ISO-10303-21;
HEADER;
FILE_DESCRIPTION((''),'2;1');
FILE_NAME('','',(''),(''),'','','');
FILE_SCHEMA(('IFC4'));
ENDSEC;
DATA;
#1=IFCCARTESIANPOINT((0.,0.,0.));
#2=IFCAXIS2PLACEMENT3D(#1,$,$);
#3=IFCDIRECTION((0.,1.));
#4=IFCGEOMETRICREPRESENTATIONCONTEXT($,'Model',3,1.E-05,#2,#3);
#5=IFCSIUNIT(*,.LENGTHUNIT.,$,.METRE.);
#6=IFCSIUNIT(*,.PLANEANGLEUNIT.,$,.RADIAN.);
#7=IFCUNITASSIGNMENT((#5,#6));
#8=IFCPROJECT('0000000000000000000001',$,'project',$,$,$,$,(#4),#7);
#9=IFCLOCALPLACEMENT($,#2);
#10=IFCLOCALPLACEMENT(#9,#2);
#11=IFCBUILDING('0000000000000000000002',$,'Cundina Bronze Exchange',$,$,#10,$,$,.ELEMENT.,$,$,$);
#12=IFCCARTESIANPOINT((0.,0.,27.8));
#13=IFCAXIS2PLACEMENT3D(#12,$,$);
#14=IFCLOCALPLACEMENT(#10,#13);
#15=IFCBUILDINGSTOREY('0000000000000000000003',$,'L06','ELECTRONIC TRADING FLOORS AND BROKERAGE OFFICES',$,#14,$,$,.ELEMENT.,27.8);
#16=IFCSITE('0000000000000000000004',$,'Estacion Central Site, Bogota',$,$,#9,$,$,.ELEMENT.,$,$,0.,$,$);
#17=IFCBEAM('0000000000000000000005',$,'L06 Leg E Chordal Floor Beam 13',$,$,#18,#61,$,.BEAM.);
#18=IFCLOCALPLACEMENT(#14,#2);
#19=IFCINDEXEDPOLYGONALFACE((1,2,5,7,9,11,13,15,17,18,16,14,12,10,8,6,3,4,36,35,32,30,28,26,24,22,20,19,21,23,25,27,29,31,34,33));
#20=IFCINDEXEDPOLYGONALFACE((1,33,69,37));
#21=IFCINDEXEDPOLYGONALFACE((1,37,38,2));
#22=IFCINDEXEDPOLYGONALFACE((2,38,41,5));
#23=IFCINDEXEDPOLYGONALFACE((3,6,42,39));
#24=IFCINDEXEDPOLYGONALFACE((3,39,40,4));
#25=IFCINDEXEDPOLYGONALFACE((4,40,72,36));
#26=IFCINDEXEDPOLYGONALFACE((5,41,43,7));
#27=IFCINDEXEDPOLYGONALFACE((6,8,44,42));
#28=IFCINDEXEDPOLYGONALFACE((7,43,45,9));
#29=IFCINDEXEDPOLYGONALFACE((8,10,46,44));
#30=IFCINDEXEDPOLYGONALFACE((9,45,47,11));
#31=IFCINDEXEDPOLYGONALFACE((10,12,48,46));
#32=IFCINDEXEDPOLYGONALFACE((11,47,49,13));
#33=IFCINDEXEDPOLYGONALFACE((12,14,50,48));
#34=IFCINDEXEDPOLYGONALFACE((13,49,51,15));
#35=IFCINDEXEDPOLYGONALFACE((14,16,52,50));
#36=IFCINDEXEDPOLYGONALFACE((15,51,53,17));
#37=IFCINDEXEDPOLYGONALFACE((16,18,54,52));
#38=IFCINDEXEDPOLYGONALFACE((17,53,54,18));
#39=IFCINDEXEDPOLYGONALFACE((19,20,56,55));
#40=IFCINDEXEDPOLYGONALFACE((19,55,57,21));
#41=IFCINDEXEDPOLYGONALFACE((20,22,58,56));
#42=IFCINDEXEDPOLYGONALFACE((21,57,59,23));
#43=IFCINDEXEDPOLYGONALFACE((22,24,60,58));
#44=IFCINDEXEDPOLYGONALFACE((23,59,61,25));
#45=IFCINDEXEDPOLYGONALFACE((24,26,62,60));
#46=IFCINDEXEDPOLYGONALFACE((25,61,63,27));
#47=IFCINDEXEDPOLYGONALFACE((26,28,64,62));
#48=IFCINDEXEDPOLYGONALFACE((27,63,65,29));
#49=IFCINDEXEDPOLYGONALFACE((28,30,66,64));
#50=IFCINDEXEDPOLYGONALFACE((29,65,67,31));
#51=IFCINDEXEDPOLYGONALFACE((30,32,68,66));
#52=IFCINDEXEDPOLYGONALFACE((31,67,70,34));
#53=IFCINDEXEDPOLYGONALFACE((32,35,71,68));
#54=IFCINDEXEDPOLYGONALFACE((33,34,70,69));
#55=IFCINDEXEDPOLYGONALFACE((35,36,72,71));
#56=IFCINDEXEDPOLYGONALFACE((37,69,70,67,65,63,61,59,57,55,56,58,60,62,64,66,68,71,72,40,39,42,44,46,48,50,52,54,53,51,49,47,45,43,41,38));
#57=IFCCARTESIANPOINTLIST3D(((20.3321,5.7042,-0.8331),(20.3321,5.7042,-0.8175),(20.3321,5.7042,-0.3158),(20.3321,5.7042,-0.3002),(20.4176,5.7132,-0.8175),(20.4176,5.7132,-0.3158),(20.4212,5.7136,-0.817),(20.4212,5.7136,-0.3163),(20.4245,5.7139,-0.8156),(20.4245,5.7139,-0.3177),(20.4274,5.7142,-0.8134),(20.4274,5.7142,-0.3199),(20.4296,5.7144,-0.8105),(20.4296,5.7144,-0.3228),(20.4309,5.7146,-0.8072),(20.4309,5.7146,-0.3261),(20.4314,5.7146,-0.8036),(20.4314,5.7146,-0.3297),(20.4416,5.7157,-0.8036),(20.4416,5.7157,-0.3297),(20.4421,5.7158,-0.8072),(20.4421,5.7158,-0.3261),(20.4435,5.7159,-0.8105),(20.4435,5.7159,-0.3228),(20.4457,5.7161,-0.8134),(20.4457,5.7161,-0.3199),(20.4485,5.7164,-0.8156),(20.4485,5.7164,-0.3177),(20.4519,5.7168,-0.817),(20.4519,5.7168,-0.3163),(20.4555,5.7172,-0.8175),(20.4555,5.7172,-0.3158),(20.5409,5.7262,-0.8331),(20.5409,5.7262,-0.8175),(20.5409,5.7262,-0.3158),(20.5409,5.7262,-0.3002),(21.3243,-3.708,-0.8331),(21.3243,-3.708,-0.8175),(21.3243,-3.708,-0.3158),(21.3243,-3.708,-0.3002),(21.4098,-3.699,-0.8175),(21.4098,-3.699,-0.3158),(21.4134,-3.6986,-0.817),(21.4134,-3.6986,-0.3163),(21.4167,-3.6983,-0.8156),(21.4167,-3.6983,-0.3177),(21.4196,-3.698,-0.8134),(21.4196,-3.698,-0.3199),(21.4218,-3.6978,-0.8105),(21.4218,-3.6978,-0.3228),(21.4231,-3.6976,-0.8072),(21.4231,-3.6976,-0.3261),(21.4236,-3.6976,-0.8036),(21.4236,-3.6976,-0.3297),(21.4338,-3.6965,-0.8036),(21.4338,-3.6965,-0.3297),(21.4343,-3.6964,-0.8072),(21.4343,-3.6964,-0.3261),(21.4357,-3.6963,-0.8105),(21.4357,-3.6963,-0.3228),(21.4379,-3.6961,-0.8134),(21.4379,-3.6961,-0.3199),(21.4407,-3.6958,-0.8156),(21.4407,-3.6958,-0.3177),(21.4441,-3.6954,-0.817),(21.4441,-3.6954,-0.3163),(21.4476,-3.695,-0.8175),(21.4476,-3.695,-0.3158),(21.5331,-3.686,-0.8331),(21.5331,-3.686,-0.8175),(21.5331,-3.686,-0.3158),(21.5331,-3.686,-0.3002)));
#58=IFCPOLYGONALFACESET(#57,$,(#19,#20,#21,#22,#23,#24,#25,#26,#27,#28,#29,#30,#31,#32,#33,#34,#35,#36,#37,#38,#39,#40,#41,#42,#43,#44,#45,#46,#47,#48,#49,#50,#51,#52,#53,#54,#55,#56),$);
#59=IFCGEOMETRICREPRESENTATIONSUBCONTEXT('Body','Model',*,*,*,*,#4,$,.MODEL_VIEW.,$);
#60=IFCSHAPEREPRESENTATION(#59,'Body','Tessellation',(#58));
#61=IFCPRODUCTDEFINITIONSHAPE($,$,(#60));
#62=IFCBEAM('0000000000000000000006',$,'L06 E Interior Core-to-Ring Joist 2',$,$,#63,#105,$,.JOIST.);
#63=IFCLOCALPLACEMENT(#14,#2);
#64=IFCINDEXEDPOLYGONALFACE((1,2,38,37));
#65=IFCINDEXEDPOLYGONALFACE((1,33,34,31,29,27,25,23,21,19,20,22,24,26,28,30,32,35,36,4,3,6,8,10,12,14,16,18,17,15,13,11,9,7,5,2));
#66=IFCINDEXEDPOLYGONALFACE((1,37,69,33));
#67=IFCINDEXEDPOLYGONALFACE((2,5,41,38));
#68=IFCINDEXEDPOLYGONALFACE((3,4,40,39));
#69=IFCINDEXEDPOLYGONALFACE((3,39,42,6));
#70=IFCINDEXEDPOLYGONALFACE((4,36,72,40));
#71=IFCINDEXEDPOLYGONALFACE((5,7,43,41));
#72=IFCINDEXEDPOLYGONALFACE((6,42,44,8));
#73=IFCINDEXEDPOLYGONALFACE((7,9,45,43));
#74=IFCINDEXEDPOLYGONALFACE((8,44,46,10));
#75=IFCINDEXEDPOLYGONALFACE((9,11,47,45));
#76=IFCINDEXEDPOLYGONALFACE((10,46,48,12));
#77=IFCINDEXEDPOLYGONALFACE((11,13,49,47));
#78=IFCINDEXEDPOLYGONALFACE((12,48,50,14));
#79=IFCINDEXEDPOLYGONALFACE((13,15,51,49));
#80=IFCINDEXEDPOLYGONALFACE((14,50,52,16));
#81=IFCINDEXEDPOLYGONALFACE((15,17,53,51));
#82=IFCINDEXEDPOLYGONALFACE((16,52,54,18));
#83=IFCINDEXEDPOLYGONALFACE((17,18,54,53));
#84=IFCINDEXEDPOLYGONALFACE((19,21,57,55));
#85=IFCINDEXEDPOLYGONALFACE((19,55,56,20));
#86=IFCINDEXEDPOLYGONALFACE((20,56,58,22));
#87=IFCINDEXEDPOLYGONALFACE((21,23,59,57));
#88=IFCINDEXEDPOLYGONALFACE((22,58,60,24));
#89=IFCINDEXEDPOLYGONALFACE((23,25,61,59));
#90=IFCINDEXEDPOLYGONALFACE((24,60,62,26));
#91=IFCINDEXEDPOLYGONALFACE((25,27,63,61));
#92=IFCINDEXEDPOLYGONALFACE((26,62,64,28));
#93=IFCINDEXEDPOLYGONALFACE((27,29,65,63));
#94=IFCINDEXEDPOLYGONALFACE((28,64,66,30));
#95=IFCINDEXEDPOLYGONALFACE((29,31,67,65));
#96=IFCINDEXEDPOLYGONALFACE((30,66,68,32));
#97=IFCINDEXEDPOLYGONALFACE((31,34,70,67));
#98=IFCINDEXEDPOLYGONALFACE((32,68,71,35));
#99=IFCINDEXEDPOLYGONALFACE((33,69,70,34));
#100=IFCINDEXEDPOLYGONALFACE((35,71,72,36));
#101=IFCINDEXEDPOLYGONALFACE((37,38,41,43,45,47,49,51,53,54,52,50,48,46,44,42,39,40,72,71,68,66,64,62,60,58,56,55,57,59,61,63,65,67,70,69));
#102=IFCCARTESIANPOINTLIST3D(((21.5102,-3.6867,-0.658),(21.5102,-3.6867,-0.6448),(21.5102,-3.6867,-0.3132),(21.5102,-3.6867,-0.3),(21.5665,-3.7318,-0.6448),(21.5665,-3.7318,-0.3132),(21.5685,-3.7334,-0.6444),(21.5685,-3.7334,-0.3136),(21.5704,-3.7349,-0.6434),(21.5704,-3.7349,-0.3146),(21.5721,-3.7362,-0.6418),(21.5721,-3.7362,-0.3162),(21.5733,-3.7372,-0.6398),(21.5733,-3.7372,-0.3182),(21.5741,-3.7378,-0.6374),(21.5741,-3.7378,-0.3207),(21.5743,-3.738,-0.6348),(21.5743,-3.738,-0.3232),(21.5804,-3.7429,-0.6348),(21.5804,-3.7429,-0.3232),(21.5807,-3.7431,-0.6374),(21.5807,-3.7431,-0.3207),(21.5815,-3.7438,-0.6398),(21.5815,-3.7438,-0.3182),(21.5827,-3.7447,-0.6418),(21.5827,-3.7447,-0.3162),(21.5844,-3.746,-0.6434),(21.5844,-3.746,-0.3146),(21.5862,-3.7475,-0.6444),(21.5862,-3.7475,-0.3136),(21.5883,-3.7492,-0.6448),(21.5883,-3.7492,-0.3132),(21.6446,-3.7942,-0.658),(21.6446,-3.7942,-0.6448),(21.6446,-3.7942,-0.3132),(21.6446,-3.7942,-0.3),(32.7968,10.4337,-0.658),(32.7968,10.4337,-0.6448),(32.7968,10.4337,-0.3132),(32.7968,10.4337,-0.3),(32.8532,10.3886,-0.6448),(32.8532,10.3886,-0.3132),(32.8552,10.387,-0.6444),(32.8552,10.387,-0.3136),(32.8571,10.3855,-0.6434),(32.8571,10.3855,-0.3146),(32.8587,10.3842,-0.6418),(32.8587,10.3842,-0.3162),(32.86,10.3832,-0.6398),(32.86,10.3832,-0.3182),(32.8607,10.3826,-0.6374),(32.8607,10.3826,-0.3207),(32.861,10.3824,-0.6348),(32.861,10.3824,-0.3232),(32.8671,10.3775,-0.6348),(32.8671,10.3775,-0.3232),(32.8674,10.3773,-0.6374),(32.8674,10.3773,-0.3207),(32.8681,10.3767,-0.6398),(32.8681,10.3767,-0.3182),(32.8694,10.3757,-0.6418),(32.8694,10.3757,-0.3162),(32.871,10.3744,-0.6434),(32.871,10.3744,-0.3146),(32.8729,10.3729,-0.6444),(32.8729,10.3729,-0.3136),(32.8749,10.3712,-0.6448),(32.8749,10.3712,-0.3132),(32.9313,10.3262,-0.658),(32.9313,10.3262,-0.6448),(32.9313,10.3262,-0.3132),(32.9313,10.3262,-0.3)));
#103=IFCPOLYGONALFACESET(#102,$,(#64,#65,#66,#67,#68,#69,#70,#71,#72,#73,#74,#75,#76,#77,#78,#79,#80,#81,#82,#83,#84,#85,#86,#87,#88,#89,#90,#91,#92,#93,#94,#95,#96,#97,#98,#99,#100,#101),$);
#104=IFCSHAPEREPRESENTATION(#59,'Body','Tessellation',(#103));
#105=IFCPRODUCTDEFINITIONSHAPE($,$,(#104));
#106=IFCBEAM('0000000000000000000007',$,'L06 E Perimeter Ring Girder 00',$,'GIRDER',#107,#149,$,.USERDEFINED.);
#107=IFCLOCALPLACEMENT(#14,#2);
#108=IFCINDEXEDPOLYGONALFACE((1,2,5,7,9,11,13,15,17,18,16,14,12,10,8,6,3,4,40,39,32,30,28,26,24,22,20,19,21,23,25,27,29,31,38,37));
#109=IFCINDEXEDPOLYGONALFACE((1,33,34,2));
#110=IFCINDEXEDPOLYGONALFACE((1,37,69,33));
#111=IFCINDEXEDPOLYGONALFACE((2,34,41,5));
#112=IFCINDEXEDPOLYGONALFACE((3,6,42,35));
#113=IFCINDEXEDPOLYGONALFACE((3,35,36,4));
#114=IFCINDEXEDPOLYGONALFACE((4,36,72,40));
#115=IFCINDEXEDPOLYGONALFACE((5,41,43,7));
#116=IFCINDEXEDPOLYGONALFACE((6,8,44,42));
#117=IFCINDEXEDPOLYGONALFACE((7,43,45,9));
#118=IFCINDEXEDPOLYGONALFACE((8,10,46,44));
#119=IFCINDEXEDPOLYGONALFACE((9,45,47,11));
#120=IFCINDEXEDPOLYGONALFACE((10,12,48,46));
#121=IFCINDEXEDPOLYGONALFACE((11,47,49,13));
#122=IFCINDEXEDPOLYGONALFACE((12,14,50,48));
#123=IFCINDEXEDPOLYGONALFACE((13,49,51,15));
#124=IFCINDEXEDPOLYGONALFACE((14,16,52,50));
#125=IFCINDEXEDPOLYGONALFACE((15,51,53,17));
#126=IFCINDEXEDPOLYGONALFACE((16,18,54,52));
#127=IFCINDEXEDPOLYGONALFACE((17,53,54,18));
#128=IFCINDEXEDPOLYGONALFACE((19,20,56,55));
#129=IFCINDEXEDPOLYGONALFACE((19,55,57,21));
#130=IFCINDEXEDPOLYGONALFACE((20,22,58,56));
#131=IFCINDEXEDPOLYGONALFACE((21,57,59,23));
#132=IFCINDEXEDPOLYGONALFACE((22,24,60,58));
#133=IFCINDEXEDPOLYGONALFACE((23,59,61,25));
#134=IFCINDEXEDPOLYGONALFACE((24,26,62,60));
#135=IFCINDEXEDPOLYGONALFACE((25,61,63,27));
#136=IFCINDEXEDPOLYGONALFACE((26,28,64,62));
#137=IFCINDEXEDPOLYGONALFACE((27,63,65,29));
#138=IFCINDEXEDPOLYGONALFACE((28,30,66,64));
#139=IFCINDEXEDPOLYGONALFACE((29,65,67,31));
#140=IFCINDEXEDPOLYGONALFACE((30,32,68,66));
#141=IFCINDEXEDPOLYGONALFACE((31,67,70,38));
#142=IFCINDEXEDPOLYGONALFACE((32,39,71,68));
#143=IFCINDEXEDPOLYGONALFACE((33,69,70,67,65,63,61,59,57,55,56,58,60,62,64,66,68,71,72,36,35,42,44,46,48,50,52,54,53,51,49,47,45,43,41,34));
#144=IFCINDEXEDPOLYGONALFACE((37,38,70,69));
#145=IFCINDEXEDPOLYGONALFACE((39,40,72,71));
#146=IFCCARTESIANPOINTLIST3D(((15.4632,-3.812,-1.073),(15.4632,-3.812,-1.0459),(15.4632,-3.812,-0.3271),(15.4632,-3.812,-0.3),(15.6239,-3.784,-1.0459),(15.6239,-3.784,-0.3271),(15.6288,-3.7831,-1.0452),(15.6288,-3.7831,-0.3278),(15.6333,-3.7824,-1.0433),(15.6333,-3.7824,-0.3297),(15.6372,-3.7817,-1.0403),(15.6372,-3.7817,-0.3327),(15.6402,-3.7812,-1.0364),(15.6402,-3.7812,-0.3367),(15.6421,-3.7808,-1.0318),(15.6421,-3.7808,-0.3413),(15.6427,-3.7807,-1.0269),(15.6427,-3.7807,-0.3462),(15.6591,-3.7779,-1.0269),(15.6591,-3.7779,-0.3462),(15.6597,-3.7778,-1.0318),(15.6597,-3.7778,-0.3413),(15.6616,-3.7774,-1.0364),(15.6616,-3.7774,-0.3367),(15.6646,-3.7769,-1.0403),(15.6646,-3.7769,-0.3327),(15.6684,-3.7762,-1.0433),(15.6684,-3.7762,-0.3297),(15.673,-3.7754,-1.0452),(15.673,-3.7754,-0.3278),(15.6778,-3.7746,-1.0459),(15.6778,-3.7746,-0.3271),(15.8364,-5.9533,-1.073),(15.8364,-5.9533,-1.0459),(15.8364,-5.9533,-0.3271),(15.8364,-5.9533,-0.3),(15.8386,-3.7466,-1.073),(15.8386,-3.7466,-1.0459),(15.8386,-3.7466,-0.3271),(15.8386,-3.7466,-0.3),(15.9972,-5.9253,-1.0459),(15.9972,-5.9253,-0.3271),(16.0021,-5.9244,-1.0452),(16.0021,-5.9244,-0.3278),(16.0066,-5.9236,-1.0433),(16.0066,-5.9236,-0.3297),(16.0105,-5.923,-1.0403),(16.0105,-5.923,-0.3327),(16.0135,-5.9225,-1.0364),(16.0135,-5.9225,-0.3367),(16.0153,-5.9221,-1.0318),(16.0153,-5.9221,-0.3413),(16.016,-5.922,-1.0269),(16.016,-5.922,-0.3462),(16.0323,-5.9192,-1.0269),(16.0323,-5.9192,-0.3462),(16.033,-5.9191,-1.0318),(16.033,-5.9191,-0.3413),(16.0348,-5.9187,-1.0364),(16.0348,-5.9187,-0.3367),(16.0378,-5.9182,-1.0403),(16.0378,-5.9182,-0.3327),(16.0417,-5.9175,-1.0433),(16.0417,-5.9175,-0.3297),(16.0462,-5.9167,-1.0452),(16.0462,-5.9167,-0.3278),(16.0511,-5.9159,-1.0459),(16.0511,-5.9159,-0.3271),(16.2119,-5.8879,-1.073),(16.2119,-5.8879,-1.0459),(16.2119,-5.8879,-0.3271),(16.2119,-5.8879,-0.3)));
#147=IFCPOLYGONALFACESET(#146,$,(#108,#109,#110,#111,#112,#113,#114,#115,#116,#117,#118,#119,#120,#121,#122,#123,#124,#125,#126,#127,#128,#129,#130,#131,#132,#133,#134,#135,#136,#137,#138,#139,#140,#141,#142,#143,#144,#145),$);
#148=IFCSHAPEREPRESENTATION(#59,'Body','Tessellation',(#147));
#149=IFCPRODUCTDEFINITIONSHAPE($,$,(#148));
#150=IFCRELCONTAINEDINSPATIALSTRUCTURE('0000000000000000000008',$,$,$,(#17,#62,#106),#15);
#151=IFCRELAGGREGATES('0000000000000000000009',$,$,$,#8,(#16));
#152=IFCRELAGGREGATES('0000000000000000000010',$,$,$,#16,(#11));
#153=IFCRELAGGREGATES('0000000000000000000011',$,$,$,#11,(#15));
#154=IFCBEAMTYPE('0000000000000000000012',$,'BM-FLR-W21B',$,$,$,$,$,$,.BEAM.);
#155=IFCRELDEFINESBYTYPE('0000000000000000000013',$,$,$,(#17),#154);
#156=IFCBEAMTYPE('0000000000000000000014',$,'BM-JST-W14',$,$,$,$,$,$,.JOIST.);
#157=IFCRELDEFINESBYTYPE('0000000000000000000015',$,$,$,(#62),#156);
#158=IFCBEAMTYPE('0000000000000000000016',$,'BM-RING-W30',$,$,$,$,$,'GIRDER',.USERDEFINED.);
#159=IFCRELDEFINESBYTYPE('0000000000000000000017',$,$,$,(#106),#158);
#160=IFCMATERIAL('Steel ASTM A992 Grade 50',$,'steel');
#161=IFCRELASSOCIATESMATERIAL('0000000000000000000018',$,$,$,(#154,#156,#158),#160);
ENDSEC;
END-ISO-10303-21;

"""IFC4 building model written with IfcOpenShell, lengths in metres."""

from ifc_helpers import new_model, si_unit, direction, frame, origin, origin_2d, place, context, subcontext, project, spatial, i_section, extrude, material, material_profile, profile_set, type_object, element, save


model = new_model("IFC4")

# Units and contexts
model_context = context("Model", 3, precision=1e-05, world=origin(), true_north=direction((0.0, 1.0)))
body_context = subcontext(model_context, "Body", "Model", "MODEL_VIEW")
ifc_project = project(units=[si_unit("LENGTHUNIT", "METRE"), si_unit("PLANEANGLEUNIT", "RADIAN")], contexts=[model_context])

# Site, building, storey
site_placement = place(None, origin())
site = spatial("IfcSite", under=ifc_project, at=site_placement, Name="Estacion Central Site, Bogota", CompositionType="ELEMENT", RefElevation=0.0)
building_placement = place(site_placement, origin())
building = spatial("IfcBuilding", under=site, at=building_placement, Name="Cundina Bronze Exchange", CompositionType="ELEMENT")
storey_placement = place(building_placement, frame((0.0, 0.0, 27.8)))
storey = spatial("IfcBuildingStorey", under=building, at=storey_placement, Name="L06", Description="ELECTRONIC TRADING FLOORS AND BROKERAGE OFFICES", CompositionType="ELEMENT", Elevation=27.8)

# Shared definitions
ifc_material_1 = material(Name="Steel ASTM A992 Grade 50", Category="steel")

# Beams
ifc_material_profile_1 = material_profile(ifc_material_1, i_section(OverallWidth=0.21, OverallDepth=0.533, WebThickness=0.0103, FlangeThickness=0.0156, FilletRadius=0.0139, at=origin_2d()), Name="W21X62", Category="steel")
ifc_profile_set_1 = profile_set([ifc_material_profile_1], Name="Steel ASTM A992 Grade 50")
beam_type_1 = type_object("IfcBeamType", Name="BM-FLR-W21B", PredefinedType="BEAM", material=ifc_profile_set_1)
beam_1_placement = place(storey_placement, frame((21.4287, -3.697, -0.5667), z_axis=(-0.104835, 0.99449, 0.0), x_axis=(-0.99449, -0.104835, 0.0)))
element("IfcBeam", 1, at=beam_1_placement, inside=storey, type_object=beam_type_1, Name="L06 Leg E Chordal Floor Beam 13", PredefinedType="BEAM", context=body_context, shape_type="SweptSolid", body=[
    extrude(i_section(OverallWidth=0.21, OverallDepth=0.533, WebThickness=0.0103, FlangeThickness=0.0156, FilletRadius=0.0139, at=origin_2d()), origin(), (0.0, 0.0, 1.0), 9.4644),
])
ifc_material_profile_2 = material_profile(ifc_material_1, i_section(OverallWidth=0.1721, OverallDepth=0.3579, WebThickness=0.0078, FlangeThickness=0.0132, FilletRadius=0.01, at=origin_2d()), Name="W14X38", Category="steel")
ifc_profile_set_2 = profile_set([ifc_material_profile_2], Name="Steel ASTM A992 Grade 50")
beam_type_2 = type_object("IfcBeamType", Name="BM-JST-W14", PredefinedType="JOIST", material=ifc_profile_set_2)
beam_2_placement = place(storey_placement, frame((21.5774, -3.7405, -0.479), z_axis=(0.624369, 0.78113, 0.0), x_axis=(-0.78113, 0.624369, 0.0)))
element("IfcBeam", 2, at=beam_2_placement, inside=storey, type_object=beam_type_2, Name="L06 E Interior Core-to-Ring Joist 2", PredefinedType="JOIST", context=body_context, shape_type="SweptSolid", body=[
    extrude(i_section(OverallWidth=0.1721, OverallDepth=0.3579, WebThickness=0.0078, FlangeThickness=0.0132, FilletRadius=0.01, at=origin_2d()), origin(), (0.0, 0.0, 1.0), 18.0769),
])
ifc_material_profile_3 = material_profile(ifc_material_1, i_section(OverallWidth=0.3811, OverallDepth=0.7729, WebThickness=0.0166, FlangeThickness=0.0271, FilletRadius=0.019, at=origin_2d()), Name="W30X173", Category="steel")
ifc_profile_set_3 = profile_set([ifc_material_profile_3], Name="Steel ASTM A992 Grade 50")
beam_type_3 = type_object("IfcBeamType", Name="BM-RING-W30", ElementType="GIRDER", PredefinedType="USERDEFINED", material=ifc_profile_set_3)
beam_3_placement = place(storey_placement, frame((15.6509, -3.7793, -0.6865), z_axis=(0.171735, -0.985143, 0.0), x_axis=(0.985143, 0.171735, 0.0)))
element("IfcBeam", 3, at=beam_3_placement, inside=storey, type_object=beam_type_3, Name="L06 E Perimeter Ring Girder 00", ObjectType="GIRDER", PredefinedType="USERDEFINED", context=body_context, shape_type="SweptSolid", body=[
    extrude(i_section(OverallWidth=0.3811, OverallDepth=0.7729, WebThickness=0.0166, FlangeThickness=0.0271, FilletRadius=0.019, at=origin_2d()), origin(), (0.0, 0.0, 1.0), 2.1736),
])

save(model, "model.ifc")
